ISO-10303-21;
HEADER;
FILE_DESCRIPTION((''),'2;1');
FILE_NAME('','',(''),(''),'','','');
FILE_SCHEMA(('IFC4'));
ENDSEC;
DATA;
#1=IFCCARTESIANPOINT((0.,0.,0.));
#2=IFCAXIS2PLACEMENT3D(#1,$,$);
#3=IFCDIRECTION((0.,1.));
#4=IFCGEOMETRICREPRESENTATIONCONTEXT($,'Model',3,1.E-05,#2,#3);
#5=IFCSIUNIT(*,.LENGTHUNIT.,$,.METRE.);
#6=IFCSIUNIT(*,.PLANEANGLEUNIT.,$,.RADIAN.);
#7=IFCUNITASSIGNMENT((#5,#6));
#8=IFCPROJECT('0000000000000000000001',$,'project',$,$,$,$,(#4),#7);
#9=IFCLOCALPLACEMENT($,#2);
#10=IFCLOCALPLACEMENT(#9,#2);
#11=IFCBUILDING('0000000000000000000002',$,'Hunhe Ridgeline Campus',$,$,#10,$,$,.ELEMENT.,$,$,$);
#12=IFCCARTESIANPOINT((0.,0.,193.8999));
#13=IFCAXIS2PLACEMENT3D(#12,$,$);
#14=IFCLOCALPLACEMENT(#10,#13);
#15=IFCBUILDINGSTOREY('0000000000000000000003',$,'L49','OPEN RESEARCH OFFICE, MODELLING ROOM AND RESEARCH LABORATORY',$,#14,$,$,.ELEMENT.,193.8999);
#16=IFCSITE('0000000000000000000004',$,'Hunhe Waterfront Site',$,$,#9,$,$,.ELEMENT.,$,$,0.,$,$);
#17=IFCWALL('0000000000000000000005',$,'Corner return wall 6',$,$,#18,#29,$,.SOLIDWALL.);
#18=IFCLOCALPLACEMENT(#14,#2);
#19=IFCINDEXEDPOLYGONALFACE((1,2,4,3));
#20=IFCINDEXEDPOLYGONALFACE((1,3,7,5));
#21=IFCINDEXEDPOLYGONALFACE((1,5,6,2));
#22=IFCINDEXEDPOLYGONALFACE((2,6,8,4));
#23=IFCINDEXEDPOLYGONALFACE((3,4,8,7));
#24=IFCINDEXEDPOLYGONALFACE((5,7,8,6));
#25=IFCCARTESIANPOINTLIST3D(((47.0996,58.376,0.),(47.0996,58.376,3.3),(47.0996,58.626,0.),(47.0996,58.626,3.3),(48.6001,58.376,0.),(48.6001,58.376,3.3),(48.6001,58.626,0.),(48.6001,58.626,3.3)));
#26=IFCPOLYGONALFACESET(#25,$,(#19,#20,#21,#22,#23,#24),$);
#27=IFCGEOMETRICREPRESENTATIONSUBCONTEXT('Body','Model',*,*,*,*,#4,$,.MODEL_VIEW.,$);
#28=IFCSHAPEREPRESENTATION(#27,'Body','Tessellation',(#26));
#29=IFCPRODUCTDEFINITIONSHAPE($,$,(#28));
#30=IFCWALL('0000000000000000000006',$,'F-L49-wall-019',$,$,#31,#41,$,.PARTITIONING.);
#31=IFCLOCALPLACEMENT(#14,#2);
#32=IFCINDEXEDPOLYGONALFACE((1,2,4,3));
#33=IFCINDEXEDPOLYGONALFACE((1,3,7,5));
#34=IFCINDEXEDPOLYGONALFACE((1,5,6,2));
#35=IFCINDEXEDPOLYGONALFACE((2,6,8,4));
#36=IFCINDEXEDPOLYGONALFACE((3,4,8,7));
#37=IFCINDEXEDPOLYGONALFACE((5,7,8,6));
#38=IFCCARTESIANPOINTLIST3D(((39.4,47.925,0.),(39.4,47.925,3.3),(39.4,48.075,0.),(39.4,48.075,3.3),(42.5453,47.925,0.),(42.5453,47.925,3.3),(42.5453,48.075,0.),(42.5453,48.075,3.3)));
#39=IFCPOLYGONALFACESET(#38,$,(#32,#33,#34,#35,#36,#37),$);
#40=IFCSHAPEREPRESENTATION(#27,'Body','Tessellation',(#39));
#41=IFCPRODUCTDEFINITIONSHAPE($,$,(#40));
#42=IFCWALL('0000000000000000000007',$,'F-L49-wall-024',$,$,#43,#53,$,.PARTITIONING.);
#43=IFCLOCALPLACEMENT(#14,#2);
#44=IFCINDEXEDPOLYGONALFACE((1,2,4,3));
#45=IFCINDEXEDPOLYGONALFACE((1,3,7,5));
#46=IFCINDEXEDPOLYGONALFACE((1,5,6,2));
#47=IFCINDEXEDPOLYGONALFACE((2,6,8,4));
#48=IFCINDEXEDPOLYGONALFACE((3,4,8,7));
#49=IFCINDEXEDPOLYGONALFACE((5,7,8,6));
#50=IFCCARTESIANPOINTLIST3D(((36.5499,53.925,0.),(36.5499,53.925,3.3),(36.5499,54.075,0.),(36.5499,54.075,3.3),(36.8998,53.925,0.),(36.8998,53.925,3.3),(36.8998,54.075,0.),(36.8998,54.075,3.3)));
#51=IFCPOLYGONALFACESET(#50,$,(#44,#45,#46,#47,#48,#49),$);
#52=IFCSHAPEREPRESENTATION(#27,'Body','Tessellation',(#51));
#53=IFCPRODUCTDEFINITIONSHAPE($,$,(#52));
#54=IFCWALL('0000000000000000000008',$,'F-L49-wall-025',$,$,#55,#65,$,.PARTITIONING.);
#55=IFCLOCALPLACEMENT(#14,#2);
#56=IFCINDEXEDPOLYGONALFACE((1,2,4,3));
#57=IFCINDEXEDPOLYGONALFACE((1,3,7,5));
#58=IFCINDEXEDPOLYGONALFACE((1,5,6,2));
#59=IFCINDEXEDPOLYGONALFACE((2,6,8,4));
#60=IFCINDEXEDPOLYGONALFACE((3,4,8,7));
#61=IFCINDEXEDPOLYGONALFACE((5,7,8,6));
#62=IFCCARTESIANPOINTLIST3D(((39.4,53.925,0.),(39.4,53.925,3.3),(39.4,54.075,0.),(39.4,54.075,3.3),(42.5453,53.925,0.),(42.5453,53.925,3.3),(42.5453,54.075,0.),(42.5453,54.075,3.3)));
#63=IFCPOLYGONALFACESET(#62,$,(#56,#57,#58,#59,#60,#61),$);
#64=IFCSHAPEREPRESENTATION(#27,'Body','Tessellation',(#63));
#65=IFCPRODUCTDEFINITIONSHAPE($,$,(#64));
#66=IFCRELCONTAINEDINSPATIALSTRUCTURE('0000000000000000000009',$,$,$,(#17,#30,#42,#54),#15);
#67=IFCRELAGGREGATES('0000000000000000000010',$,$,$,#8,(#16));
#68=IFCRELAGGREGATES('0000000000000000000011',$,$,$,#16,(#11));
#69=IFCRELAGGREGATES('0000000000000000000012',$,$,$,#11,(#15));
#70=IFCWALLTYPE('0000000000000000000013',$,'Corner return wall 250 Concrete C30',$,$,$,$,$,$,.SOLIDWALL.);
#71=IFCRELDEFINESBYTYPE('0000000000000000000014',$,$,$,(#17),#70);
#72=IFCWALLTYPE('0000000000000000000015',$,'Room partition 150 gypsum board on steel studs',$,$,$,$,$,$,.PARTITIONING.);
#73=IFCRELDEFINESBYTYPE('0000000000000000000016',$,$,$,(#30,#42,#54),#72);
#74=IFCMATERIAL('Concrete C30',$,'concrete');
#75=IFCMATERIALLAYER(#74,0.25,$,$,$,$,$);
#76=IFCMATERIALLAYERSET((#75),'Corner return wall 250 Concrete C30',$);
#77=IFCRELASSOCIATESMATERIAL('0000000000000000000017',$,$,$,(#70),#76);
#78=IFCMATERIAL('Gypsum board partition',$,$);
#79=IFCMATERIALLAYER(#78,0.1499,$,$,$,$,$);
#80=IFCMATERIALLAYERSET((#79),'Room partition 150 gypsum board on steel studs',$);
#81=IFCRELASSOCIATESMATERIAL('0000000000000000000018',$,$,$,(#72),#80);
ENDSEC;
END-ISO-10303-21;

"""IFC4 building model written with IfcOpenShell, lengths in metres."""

from ifc_helpers import new_model, si_unit, direction, frame, frame_2d, origin, place, context, subcontext, project, spatial, rectangle, extrude, material, layer, layer_set, type_object, element, save


model = new_model("IFC4")

# Units and contexts
model_context = context("Model", 3, precision=1e-05, world=origin(), true_north=direction((0.0, 1.0)))
body_context = subcontext(model_context, "Body", "Model", "MODEL_VIEW")
ifc_project = project(units=[si_unit("LENGTHUNIT", "METRE"), si_unit("PLANEANGLEUNIT", "RADIAN")], contexts=[model_context])

# Site, building, storey
site_placement = place(None, origin())
site = spatial("IfcSite", under=ifc_project, at=site_placement, Name="Hunhe Waterfront Site", CompositionType="ELEMENT", RefElevation=0.0)
building_placement = place(site_placement, origin())
building = spatial("IfcBuilding", under=site, at=building_placement, Name="Hunhe Ridgeline Campus", CompositionType="ELEMENT")
storey_placement = place(building_placement, frame((0.0, 0.0, 193.8999)))
storey = spatial("IfcBuildingStorey", under=building, at=storey_placement, Name="L49", Description="OPEN RESEARCH OFFICE, MODELLING ROOM AND RESEARCH LABORATORY", CompositionType="ELEMENT", Elevation=193.8999)

# Walls
ifc_material_1 = material(Name="Concrete C30", Category="concrete")
ifc_layer_1 = layer(ifc_material_1, 0.25)
ifc_layer_set_1 = layer_set([ifc_layer_1], Name="Corner return wall 250 Concrete C30")
wall_type_1 = type_object("IfcWallType", Name="Corner return wall 250 Concrete C30", PredefinedType="SOLIDWALL", material=ifc_layer_set_1)
wall_1_placement = place(storey_placement, frame((47.0996, 58.501, 0.0), z_axis=(0.0, 0.0, 1.0), x_axis=(1.0, 0.0, 0.0)))
element("IfcWall", 1, at=wall_1_placement, inside=storey, type_object=wall_type_1, Name="Corner return wall 6", PredefinedType="SOLIDWALL", context=body_context, shape_type="SweptSolid", body=[
    extrude(rectangle(XDim=1.5005, YDim=0.25, at=frame_2d((0.7502, 0.0))), origin(), (0.0, 0.0, 1.0), 3.3),
])
ifc_material_2 = material(Name="Gypsum board partition")
ifc_layer_2 = layer(ifc_material_2, 0.1499)
ifc_layer_set_2 = layer_set([ifc_layer_2], Name="Room partition 150 gypsum board on steel studs")
wall_type_2 = type_object("IfcWallType", Name="Room partition 150 gypsum board on steel studs", PredefinedType="PARTITIONING", material=ifc_layer_set_2)
wall_2_placement = place(storey_placement, frame((39.3999, 48.0, 0.0), z_axis=(0.0, 0.0, 1.0), x_axis=(1.0, 0.0, 0.0)))
element("IfcWall", 2, at=wall_2_placement, inside=storey, type_object=wall_type_2, Name="F-L49-wall-019", PredefinedType="PARTITIONING", context=body_context, shape_type="SweptSolid", body=[
    extrude(rectangle(XDim=3.1453, YDim=0.1499, at=frame_2d((1.5728, 0.0))), origin(), (0.0, 0.0, 1.0), 3.3),
])
wall_3_placement = place(storey_placement, frame((36.55, 54.0, 0.0), z_axis=(0.0, 0.0, 1.0), x_axis=(1.0, 0.0, 0.0)))
element("IfcWall", 3, at=wall_3_placement, inside=storey, type_object=wall_type_2, Name="F-L49-wall-024", PredefinedType="PARTITIONING", context=body_context, shape_type="SweptSolid", body=[
    extrude(rectangle(XDim=0.3499, YDim=0.1499, at=frame_2d((0.1748, 0.0))), origin(), (0.0, 0.0, 1.0), 3.3),
])
wall_4_placement = place(storey_placement, frame((39.3999, 54.0, 0.0), z_axis=(0.0, 0.0, 1.0), x_axis=(1.0, 0.0, 0.0)))
element("IfcWall", 4, at=wall_4_placement, inside=storey, type_object=wall_type_2, Name="F-L49-wall-025", PredefinedType="PARTITIONING", context=body_context, shape_type="SweptSolid", body=[
    extrude(rectangle(XDim=3.1453, YDim=0.1499, at=frame_2d((1.5728, 0.0))), origin(), (0.0, 0.0, 1.0), 3.3),
])

save(model, "model.ifc")
